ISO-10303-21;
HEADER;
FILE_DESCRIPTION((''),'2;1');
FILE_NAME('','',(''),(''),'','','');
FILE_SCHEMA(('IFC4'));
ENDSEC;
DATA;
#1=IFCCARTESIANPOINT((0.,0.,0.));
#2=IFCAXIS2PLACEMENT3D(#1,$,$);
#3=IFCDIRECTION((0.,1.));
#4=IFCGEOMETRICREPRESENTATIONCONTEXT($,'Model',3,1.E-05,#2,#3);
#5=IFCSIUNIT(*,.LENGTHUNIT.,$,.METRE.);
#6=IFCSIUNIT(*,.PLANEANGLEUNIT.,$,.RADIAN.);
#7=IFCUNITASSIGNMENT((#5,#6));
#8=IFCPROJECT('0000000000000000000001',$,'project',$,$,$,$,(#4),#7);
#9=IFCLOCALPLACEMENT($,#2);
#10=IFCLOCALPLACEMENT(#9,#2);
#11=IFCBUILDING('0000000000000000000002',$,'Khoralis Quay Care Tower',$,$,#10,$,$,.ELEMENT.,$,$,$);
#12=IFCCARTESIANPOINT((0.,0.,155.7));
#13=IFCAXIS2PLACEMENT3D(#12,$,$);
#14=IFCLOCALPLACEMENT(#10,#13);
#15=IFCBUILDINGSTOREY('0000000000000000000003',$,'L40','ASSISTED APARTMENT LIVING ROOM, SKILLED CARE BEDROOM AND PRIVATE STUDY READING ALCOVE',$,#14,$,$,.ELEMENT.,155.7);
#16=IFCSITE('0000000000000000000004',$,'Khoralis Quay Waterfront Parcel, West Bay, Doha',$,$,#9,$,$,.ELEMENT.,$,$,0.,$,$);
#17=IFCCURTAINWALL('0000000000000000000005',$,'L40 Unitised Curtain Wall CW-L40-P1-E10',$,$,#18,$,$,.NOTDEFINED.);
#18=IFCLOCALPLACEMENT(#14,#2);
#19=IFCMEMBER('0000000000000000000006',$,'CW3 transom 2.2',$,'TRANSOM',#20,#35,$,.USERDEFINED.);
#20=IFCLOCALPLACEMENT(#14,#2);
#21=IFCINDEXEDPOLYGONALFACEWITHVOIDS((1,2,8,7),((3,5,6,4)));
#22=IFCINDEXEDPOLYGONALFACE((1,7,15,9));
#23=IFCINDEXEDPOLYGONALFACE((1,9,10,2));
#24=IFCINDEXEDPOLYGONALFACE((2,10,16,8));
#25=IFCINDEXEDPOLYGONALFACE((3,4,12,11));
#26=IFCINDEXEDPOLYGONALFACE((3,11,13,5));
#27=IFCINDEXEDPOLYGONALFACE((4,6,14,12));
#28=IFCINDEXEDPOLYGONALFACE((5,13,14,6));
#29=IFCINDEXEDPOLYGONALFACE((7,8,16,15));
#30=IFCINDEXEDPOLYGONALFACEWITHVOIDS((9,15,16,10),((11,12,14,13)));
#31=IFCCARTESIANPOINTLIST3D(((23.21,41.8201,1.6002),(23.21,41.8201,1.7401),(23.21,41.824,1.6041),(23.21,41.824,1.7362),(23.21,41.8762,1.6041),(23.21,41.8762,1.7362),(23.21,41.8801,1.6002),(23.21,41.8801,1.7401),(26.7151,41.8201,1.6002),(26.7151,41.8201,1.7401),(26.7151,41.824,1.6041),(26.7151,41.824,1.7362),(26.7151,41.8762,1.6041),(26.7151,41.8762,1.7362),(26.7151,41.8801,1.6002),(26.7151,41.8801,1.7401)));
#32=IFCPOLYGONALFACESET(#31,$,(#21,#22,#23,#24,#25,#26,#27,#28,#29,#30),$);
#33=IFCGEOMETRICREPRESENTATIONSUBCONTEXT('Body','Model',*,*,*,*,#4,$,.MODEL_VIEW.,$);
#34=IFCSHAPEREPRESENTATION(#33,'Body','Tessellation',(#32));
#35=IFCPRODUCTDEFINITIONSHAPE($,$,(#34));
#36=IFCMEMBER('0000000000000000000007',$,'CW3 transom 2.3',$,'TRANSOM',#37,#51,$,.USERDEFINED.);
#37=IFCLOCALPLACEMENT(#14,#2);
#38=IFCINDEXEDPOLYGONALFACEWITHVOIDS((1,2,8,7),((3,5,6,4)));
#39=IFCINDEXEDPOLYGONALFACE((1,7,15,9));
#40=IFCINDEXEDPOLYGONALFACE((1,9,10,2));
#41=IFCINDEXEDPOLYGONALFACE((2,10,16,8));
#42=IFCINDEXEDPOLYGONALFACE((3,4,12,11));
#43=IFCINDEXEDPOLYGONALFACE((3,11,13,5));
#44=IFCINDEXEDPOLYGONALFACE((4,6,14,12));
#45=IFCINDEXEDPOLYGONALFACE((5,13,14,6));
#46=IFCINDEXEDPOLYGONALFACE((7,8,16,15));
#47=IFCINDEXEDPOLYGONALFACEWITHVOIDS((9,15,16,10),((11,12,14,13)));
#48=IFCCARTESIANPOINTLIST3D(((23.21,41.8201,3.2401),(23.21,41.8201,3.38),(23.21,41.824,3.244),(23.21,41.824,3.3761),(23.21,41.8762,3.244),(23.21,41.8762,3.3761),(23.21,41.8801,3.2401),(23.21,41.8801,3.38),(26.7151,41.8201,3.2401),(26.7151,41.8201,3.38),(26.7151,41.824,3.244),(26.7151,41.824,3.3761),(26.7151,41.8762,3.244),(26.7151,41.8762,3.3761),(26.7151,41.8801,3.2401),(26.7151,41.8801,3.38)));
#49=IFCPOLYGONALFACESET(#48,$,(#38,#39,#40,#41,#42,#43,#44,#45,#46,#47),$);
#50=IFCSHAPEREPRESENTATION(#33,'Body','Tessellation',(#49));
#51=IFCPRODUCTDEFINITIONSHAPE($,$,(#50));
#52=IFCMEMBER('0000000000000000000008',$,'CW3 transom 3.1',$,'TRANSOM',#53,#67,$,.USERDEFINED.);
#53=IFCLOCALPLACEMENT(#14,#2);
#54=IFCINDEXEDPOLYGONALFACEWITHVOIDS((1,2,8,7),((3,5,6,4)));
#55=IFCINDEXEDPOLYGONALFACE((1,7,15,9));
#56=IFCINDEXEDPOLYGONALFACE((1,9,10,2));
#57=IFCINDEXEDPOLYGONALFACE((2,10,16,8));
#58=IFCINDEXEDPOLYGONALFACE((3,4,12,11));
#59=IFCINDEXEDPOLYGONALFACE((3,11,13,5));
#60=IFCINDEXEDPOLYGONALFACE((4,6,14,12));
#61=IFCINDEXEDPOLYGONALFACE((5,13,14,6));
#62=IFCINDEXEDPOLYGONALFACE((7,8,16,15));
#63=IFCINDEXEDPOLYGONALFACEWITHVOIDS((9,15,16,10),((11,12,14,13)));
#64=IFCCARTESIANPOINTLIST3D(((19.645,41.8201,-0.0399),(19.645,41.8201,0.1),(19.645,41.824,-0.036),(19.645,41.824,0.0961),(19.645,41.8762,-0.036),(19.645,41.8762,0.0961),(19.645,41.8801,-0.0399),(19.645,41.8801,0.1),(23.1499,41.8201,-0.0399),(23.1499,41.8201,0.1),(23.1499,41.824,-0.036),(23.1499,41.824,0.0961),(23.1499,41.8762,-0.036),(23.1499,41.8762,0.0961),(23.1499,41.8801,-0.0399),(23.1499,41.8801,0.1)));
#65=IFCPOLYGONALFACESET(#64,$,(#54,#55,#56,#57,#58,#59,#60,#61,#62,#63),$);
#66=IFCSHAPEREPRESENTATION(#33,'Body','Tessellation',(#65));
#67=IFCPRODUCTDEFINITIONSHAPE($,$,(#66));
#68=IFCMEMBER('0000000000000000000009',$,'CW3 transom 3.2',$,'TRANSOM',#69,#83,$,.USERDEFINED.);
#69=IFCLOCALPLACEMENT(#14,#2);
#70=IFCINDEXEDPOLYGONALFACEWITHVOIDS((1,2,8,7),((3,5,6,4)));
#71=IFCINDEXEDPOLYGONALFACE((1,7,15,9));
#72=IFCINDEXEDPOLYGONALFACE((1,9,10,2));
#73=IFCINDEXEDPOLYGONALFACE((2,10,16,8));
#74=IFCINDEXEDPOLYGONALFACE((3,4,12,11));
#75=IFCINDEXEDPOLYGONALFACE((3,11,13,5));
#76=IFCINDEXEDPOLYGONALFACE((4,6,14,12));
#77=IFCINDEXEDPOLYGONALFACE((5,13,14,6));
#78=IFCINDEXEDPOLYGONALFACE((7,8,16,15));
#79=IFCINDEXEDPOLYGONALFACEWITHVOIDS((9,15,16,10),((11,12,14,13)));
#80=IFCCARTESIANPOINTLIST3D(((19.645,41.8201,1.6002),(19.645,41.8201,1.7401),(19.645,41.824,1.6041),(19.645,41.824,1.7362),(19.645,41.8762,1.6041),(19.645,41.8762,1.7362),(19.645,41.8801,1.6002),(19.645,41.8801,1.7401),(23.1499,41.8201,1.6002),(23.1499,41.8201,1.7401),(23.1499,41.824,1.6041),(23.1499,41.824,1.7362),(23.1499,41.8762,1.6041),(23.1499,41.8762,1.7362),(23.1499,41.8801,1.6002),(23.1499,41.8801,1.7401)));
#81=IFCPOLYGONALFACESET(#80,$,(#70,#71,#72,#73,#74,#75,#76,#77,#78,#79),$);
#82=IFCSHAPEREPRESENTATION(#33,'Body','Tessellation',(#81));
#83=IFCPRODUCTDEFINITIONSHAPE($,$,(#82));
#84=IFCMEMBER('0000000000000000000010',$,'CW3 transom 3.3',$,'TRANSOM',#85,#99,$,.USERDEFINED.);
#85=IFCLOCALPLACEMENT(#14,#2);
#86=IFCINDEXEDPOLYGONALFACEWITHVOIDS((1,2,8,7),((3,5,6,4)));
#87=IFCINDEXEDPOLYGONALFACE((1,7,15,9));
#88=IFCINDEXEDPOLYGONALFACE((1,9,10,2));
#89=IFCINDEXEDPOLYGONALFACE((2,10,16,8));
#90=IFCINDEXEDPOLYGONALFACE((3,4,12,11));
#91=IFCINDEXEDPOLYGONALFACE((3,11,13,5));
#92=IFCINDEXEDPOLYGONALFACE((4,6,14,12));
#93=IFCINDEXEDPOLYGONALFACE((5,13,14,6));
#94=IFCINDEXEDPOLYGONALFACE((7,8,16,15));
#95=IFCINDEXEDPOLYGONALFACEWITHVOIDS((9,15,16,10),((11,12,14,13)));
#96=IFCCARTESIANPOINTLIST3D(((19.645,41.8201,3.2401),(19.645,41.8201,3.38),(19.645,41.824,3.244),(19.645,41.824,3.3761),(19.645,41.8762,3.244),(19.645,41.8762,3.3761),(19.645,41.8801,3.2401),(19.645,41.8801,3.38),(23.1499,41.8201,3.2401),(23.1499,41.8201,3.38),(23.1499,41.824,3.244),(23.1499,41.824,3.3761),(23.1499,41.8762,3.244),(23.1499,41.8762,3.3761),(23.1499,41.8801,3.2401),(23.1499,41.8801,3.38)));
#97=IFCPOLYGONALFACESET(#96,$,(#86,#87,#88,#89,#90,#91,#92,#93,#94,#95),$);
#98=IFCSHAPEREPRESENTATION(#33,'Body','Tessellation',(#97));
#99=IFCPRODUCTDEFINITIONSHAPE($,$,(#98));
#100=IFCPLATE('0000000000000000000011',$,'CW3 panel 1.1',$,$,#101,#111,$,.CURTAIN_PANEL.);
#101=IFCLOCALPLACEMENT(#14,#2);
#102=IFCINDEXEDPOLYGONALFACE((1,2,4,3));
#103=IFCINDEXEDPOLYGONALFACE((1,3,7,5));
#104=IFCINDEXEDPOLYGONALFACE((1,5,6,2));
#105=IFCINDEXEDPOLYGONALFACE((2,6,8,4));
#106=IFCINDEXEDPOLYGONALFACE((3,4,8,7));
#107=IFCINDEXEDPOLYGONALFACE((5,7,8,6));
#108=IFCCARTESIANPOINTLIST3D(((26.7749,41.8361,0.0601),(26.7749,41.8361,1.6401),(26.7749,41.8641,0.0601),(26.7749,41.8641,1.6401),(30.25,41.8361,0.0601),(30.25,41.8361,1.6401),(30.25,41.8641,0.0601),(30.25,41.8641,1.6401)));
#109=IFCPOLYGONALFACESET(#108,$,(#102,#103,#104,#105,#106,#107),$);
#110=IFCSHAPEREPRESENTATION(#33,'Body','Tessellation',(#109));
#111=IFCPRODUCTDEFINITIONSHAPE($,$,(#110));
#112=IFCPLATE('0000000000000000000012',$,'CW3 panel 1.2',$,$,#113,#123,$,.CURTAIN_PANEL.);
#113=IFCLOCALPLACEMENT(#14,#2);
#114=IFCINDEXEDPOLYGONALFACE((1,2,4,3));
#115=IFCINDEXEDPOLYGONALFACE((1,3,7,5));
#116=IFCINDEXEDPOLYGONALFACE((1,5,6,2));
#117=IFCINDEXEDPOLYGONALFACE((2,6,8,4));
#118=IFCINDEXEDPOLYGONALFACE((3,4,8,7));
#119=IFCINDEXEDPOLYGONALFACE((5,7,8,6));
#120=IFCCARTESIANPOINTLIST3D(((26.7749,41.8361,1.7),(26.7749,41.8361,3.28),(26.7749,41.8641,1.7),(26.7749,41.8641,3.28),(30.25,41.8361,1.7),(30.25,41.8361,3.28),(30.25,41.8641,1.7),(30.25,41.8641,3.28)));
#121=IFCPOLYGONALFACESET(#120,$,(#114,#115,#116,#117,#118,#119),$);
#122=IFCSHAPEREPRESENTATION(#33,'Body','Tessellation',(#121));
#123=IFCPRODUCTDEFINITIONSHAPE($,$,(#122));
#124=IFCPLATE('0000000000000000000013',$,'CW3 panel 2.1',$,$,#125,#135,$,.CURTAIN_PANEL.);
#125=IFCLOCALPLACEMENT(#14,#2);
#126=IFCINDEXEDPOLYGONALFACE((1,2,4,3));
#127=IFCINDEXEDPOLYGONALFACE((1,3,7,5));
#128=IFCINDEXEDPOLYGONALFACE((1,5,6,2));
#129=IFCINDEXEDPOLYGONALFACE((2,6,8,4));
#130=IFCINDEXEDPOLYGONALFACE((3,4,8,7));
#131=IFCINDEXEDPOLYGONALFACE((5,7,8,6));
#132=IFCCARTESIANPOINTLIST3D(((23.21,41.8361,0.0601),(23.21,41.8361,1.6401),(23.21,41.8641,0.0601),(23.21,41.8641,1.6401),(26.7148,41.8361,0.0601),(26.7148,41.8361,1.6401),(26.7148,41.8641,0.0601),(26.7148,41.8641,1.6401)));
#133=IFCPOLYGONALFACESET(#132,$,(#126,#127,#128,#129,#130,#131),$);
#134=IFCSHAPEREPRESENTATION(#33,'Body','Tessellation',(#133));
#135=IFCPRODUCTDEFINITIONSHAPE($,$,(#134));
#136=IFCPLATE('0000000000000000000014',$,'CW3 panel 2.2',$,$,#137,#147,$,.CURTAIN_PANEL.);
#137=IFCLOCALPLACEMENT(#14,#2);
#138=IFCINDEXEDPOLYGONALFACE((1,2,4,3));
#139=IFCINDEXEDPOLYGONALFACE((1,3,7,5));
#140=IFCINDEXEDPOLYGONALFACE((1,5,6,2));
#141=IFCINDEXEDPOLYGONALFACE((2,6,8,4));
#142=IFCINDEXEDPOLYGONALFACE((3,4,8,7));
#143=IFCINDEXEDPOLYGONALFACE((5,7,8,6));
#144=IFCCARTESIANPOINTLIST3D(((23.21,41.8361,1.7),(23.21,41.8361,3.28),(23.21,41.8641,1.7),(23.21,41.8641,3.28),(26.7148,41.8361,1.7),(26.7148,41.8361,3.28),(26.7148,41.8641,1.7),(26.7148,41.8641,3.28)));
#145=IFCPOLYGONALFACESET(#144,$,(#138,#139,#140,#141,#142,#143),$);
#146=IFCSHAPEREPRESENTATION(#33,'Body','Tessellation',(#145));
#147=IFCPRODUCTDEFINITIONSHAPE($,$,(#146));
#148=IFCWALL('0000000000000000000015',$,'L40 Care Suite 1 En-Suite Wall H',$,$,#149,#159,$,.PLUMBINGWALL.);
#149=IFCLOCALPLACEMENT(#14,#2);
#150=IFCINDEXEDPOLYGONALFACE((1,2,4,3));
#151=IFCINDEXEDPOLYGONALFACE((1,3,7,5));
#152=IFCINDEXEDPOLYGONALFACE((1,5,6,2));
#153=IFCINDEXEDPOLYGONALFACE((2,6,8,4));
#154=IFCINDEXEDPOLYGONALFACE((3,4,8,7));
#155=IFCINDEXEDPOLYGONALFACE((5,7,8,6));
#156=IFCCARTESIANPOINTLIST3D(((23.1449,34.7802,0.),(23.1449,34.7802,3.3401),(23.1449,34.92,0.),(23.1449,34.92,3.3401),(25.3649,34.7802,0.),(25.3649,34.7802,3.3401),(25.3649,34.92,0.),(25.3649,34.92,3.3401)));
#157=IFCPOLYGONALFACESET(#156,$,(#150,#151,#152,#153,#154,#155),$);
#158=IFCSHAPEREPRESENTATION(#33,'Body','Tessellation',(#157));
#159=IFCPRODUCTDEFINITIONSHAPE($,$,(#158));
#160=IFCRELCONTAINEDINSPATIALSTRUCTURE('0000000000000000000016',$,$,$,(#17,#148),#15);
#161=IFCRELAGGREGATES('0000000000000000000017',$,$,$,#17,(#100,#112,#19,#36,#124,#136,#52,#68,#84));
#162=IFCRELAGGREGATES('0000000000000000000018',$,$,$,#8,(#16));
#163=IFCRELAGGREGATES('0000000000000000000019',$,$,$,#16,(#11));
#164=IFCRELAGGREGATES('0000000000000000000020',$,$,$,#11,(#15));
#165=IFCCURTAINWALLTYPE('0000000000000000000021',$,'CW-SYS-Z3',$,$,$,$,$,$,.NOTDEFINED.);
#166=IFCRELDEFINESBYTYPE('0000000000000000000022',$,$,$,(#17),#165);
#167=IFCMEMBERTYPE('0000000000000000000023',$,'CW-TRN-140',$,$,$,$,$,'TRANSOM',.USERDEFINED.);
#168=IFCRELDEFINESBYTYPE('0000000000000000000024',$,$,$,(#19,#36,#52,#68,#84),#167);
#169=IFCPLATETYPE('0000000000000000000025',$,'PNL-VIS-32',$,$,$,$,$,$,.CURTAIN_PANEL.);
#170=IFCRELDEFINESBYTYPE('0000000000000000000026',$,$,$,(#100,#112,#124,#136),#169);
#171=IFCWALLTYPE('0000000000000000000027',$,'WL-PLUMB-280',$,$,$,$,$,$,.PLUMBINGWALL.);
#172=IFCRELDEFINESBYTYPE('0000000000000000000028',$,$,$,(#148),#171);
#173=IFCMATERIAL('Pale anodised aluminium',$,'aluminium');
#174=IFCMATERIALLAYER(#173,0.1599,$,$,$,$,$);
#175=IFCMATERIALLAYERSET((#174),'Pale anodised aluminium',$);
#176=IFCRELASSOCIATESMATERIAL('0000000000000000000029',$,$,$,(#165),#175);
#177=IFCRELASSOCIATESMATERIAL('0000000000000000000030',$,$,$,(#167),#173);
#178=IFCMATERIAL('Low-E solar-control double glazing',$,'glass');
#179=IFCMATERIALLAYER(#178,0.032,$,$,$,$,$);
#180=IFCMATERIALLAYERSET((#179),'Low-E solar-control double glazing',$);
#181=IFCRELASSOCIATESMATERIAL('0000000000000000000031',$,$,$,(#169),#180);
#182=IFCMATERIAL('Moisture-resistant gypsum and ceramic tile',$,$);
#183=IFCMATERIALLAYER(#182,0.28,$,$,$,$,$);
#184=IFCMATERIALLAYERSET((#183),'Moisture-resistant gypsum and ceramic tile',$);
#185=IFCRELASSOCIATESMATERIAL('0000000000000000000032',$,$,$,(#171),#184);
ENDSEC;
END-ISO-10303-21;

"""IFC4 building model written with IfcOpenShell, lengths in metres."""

from ifc_helpers import new_model, si_unit, direction, frame, frame_2d, origin, origin_2d, place, context, subcontext, project, spatial, rectangle, hollow_rectangle, extrude, source, transform, mapped, material, layer, layer_set, material_profile, profile_set, type_object, element, aggregate, save


model = new_model("IFC4")

# Units and contexts
model_context = context("Model", 3, precision=1e-05, world=origin(), true_north=direction((0.0, 1.0)))
body_context = subcontext(model_context, "Body", "Model", "MODEL_VIEW")
ifc_project = project(units=[si_unit("LENGTHUNIT", "METRE"), si_unit("PLANEANGLEUNIT", "RADIAN")], contexts=[model_context])

# Site, building, storey
site_placement = place(None, origin())
site = spatial("IfcSite", under=ifc_project, at=site_placement, Name="Khoralis Quay Waterfront Parcel, West Bay, Doha", CompositionType="ELEMENT", RefElevation=0.0)
building_placement = place(site_placement, origin())
building = spatial("IfcBuilding", under=site, at=building_placement, Name="Khoralis Quay Care Tower", CompositionType="ELEMENT")
storey_placement = place(building_placement, frame((0.0, 0.0, 155.7)))
storey = spatial("IfcBuildingStorey", under=building, at=storey_placement, Name="L40", Description="ASSISTED APARTMENT LIVING ROOM, SKILLED CARE BEDROOM AND PRIVATE STUDY READING ALCOVE", CompositionType="ELEMENT", Elevation=155.7)

# Curtain wall, members, plates
ifc_material_1 = material(Name="Pale anodised aluminium", Category="aluminium")
ifc_layer_1 = layer(ifc_material_1, 0.1599)
ifc_layer_set_1 = layer_set([ifc_layer_1], Name="Pale anodised aluminium")
curtain_wall_type = type_object("IfcCurtainWallType", Name="CW-SYS-Z3", PredefinedType="NOTDEFINED", material=ifc_layer_set_1)
curtain_wall_placement = place(storey_placement, origin())
curtain_wall = element("IfcCurtainWall", 1, at=curtain_wall_placement, inside=storey, type_object=curtain_wall_type, Name="L40 Unitised Curtain Wall CW-L40-P1-E10", PredefinedType="NOTDEFINED")
ifc_material_profile_1 = material_profile(ifc_material_1, hollow_rectangle(XDim=0.0601, YDim=0.1399, WallThickness=0.0039, at=origin_2d()), Name="Pale anodised aluminium")
ifc_profile_set_1 = profile_set([ifc_material_profile_1], Name="Pale anodised aluminium")
member_type_1 = type_object("IfcMemberType", Name="CW-TRN-140", ElementType="TRANSOM", PredefinedType="USERDEFINED", material=ifc_profile_set_1)
shared_shape_1 = source(origin(), body_context, "Body", "SweptSolid", [
    extrude(hollow_rectangle(XDim=0.0601, YDim=0.1399, WallThickness=0.0039, at=origin_2d()), origin(), (0.0, 0.0, 1.0), 3.5051),
])
member_1_placement = place(storey_placement, frame((26.7151, 41.8501, 1.6702), z_axis=(-1.0, 0.0, 0.0), x_axis=(0.0, -1.0, 0.0)))
member_1 = element("IfcMember", 2, at=member_1_placement, type_object=member_type_1, Name="CW3 transom 2.2", ObjectType="TRANSOM", PredefinedType="USERDEFINED", context=body_context, shape_type="MappedRepresentation", body=[
    mapped(shared_shape_1, transform((0.0, 0.0, 0.0), scale=1.0)),
])
member_2_placement = place(storey_placement, frame((26.7151, 41.8501, 3.3101), z_axis=(-1.0, 0.0, 0.0), x_axis=(0.0, -1.0, 0.0)))
member_2 = element("IfcMember", 3, at=member_2_placement, type_object=member_type_1, Name="CW3 transom 2.3", ObjectType="TRANSOM", PredefinedType="USERDEFINED", context=body_context, shape_type="MappedRepresentation", body=[
    mapped(shared_shape_1, transform((0.0, 0.0, 0.0), scale=1.0)),
])
shared_shape_2 = source(origin(), body_context, "Body", "SweptSolid", [
    extrude(hollow_rectangle(XDim=0.0601, YDim=0.1399, WallThickness=0.0039, at=origin_2d()), origin(), (0.0, 0.0, 1.0), 3.5049),
])
member_3_placement = place(storey_placement, frame((23.1499, 41.8501, 0.03), z_axis=(-1.0, 0.0, 0.0), x_axis=(0.0, -1.0, 0.0)))
member_3 = element("IfcMember", 4, at=member_3_placement, type_object=member_type_1, Name="CW3 transom 3.1", ObjectType="TRANSOM", PredefinedType="USERDEFINED", context=body_context, shape_type="MappedRepresentation", body=[
    mapped(shared_shape_2, transform((0.0, 0.0, 0.0), scale=1.0)),
])
member_4_placement = place(storey_placement, frame((23.1499, 41.8501, 1.6702), z_axis=(-1.0, 0.0, 0.0), x_axis=(0.0, -1.0, 0.0)))
member_4 = element("IfcMember", 5, at=member_4_placement, type_object=member_type_1, Name="CW3 transom 3.2", ObjectType="TRANSOM", PredefinedType="USERDEFINED", context=body_context, shape_type="MappedRepresentation", body=[
    mapped(shared_shape_2, transform((0.0, 0.0, 0.0), scale=1.0)),
])
member_5_placement = place(storey_placement, frame((23.1499, 41.8501, 3.3101), z_axis=(-1.0, 0.0, 0.0), x_axis=(0.0, -1.0, 0.0)))
member_5 = element("IfcMember", 6, at=member_5_placement, type_object=member_type_1, Name="CW3 transom 3.3", ObjectType="TRANSOM", PredefinedType="USERDEFINED", context=body_context, shape_type="MappedRepresentation", body=[
    mapped(shared_shape_2, transform((0.0, 0.0, 0.0), scale=1.0)),
])
ifc_material_2 = material(Name="Low-E solar-control double glazing", Category="glass")
ifc_layer_2 = layer(ifc_material_2, 0.032)
ifc_layer_set_2 = layer_set([ifc_layer_2], Name="Low-E solar-control double glazing")
plate_type = type_object("IfcPlateType", Name="PNL-VIS-32", PredefinedType="CURTAIN_PANEL", material=ifc_layer_set_2)
shared_shape_3 = source(origin(), body_context, "Body", "SweptSolid", [
    extrude(rectangle(XDim=3.4751, YDim=0.0281, at=origin_2d()), origin(), (0.0, 0.0, 1.0), 1.5801),
])
plate_1_placement = place(storey_placement, frame((28.5125, 41.8501, 0.0601), z_axis=(0.0, 0.0, 1.0), x_axis=(-1.0, 0.0, 0.0)))
plate_1 = element("IfcPlate", 7, at=plate_1_placement, type_object=plate_type, Name="CW3 panel 1.1", PredefinedType="CURTAIN_PANEL", context=body_context, shape_type="MappedRepresentation", body=[
    mapped(shared_shape_3, transform((0.0, 0.0, 0.0), scale=1.0)),
])
plate_2_placement = place(storey_placement, frame((28.5125, 41.8501, 1.7), z_axis=(0.0, 0.0, 1.0), x_axis=(-1.0, 0.0, 0.0)))
plate_2 = element("IfcPlate", 8, at=plate_2_placement, type_object=plate_type, Name="CW3 panel 1.2", PredefinedType="CURTAIN_PANEL", context=body_context, shape_type="MappedRepresentation", body=[
    mapped(shared_shape_3, transform((0.0, 0.0, 0.0), scale=1.0)),
])
shared_shape_4 = source(origin(), body_context, "Body", "SweptSolid", [
    extrude(rectangle(XDim=3.5049, YDim=0.0281, at=origin_2d()), origin(), (0.0, 0.0, 1.0), 1.5801),
])
plate_3_placement = place(storey_placement, frame((24.9624, 41.8501, 0.0601), z_axis=(0.0, 0.0, 1.0), x_axis=(-1.0, 0.0, 0.0)))
plate_3 = element("IfcPlate", 9, at=plate_3_placement, type_object=plate_type, Name="CW3 panel 2.1", PredefinedType="CURTAIN_PANEL", context=body_context, shape_type="MappedRepresentation", body=[
    mapped(shared_shape_4, transform((0.0, 0.0, 0.0), scale=1.0)),
])
plate_4_placement = place(storey_placement, frame((24.9624, 41.8501, 1.7), z_axis=(0.0, 0.0, 1.0), x_axis=(-1.0, 0.0, 0.0)))
plate_4 = element("IfcPlate", 10, at=plate_4_placement, type_object=plate_type, Name="CW3 panel 2.2", PredefinedType="CURTAIN_PANEL", context=body_context, shape_type="MappedRepresentation", body=[
    mapped(shared_shape_4, transform((0.0, 0.0, 0.0), scale=1.0)),
])
aggregate(curtain_wall, [plate_1, plate_2, member_1, member_2, plate_3, plate_4, member_3, member_4, member_5])

# Wall
ifc_material_3 = material(Name="Moisture-resistant gypsum and ceramic tile")
ifc_layer_3 = layer(ifc_material_3, 0.28)
ifc_layer_set_3 = layer_set([ifc_layer_3], Name="Moisture-resistant gypsum and ceramic tile")
wall_type_1 = type_object("IfcWallType", Name="WL-PLUMB-280", PredefinedType="PLUMBINGWALL", material=ifc_layer_set_3)
wall_1_placement = place(storey_placement, frame((23.145, 34.8501, 0.0), z_axis=(0.0, 0.0, 1.0), x_axis=(1.0, 0.0, 0.0)))
element("IfcWall", 11, at=wall_1_placement, inside=storey, type_object=wall_type_1, Name="L40 Care Suite 1 En-Suite Wall H", PredefinedType="PLUMBINGWALL", context=body_context, shape_type="SweptSolid", body=[
    extrude(rectangle(XDim=2.22, YDim=0.1399, at=frame_2d((1.1099, 0.0))), origin(), (0.0, 0.0, 1.0), 3.3401),
])

save(model, "model.ifc")
